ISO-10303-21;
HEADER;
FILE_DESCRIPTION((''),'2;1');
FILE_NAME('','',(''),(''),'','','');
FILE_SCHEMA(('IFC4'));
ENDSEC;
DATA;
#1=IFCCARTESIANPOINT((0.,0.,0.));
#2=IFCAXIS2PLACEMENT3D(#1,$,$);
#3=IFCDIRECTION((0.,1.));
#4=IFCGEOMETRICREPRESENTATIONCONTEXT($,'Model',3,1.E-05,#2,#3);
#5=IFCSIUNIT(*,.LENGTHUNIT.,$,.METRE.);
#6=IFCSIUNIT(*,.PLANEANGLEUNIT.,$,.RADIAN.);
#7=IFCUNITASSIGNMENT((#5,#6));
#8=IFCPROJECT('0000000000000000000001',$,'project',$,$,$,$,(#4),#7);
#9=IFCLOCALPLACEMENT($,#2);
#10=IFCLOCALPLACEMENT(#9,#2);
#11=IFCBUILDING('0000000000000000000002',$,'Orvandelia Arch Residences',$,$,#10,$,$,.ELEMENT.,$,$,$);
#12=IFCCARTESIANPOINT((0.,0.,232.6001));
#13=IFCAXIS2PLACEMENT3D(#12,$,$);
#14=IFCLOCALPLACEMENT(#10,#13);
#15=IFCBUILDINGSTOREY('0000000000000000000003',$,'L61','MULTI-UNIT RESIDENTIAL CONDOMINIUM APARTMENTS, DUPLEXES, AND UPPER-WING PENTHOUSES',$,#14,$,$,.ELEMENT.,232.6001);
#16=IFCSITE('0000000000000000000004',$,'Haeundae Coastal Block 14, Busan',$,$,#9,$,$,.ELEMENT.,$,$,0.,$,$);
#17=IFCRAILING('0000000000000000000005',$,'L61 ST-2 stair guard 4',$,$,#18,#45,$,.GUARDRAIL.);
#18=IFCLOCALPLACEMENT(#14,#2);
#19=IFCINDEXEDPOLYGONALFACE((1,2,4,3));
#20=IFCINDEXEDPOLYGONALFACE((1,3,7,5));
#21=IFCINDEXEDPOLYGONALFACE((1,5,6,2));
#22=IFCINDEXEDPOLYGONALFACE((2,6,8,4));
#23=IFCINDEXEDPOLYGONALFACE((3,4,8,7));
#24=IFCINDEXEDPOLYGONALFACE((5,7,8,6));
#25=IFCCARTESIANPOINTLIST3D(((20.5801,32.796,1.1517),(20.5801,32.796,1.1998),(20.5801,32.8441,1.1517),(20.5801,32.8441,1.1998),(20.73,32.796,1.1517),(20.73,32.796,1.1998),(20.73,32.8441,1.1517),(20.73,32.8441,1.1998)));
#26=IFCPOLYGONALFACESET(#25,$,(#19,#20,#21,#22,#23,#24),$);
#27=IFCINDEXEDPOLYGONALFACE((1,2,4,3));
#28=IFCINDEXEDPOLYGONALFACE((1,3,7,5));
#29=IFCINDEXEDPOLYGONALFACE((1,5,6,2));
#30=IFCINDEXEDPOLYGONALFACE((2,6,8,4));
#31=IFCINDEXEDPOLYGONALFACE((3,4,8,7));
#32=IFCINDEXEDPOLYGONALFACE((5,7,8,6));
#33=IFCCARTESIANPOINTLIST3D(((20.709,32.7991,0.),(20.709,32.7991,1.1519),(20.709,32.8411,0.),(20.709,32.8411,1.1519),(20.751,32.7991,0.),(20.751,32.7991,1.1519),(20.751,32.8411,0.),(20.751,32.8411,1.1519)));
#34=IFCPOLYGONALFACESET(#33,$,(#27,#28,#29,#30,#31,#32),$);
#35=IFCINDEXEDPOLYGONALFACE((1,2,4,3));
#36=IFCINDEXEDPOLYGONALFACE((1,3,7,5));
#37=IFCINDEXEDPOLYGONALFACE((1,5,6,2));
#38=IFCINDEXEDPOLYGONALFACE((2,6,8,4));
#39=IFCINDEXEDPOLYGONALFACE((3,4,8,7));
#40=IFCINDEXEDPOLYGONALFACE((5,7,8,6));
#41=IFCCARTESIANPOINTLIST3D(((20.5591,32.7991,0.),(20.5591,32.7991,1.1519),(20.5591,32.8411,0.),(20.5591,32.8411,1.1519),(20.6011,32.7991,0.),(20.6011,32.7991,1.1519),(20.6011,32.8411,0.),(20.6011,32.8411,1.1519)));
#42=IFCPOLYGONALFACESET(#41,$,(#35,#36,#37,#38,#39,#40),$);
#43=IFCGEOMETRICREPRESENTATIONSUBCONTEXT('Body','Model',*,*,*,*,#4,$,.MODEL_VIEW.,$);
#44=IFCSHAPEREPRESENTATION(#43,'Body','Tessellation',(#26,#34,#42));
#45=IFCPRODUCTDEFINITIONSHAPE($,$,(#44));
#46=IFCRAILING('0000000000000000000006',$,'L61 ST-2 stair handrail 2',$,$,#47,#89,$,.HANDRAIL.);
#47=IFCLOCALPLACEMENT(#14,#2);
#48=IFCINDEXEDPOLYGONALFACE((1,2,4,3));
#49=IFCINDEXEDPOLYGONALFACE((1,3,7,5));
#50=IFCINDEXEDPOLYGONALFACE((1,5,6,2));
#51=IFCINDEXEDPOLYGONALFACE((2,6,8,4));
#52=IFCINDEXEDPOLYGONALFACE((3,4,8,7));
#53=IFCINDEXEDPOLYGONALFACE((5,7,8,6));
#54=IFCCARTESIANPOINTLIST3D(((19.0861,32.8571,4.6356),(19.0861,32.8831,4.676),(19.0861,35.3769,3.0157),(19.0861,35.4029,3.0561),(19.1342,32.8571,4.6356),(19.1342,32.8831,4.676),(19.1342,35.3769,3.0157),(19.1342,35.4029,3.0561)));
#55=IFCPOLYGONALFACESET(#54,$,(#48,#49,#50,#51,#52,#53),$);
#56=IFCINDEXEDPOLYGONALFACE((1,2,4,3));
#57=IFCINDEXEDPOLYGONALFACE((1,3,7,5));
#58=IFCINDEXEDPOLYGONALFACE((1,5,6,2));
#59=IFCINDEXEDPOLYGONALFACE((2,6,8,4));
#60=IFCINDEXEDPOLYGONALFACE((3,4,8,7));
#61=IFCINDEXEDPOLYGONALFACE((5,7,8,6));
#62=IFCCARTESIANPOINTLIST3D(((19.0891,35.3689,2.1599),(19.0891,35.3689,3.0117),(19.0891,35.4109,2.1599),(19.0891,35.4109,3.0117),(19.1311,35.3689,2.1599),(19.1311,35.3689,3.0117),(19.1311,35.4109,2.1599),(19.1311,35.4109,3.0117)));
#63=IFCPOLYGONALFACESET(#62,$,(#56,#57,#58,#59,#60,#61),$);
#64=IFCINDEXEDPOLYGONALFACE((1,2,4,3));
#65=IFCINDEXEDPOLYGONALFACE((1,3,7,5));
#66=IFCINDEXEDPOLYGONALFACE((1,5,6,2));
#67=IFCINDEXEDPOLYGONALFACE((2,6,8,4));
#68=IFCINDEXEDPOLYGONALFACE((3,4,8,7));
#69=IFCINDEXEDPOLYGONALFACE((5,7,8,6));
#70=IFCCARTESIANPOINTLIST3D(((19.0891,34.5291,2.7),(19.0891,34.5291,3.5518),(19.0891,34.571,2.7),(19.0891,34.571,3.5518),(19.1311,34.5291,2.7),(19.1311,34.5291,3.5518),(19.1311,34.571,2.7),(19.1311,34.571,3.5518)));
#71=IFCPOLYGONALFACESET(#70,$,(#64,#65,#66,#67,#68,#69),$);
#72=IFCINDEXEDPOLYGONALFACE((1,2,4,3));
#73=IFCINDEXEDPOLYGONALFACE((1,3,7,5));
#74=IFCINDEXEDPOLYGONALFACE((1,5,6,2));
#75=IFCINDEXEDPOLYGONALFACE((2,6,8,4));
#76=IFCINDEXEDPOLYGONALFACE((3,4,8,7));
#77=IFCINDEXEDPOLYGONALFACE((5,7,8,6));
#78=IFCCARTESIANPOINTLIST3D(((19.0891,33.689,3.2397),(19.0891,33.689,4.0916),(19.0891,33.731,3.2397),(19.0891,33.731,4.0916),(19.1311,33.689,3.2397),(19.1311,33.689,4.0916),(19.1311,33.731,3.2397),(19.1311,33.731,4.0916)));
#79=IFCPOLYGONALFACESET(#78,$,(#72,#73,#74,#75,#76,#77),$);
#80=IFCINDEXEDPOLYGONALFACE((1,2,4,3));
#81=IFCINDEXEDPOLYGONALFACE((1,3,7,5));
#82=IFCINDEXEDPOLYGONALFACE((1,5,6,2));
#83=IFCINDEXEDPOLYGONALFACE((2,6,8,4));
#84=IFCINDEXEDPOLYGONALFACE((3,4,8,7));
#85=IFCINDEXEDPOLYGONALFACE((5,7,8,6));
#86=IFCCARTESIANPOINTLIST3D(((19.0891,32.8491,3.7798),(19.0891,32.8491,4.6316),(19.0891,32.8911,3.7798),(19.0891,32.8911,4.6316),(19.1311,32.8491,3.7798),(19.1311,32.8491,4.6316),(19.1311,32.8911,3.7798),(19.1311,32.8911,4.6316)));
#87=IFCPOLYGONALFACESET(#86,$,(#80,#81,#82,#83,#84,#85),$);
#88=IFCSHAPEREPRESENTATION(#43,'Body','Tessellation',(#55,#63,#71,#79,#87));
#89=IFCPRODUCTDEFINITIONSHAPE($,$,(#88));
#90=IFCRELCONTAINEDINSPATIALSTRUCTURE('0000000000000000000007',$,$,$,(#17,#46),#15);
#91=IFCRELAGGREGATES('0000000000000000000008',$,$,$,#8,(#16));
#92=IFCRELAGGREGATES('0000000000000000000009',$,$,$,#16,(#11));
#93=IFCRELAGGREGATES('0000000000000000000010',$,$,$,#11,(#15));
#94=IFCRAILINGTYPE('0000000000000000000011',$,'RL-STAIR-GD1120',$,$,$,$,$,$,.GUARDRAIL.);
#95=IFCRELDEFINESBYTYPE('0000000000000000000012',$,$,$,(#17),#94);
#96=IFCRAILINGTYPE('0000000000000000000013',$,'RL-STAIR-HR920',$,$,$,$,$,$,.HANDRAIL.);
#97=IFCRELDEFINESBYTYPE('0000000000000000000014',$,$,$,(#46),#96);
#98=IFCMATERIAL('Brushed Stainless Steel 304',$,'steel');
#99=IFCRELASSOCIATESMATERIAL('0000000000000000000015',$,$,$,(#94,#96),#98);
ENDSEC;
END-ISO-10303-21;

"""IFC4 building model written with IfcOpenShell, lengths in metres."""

from ifc_helpers import new_model, si_unit, direction, frame, origin, origin_2d, place, context, subcontext, project, spatial, rectangle, extrude, material, type_object, element, save


model = new_model("IFC4")

# Units and contexts
model_context = context("Model", 3, precision=1e-05, world=origin(), true_north=direction((0.0, 1.0)))
body_context = subcontext(model_context, "Body", "Model", "MODEL_VIEW")
ifc_project = project(units=[si_unit("LENGTHUNIT", "METRE"), si_unit("PLANEANGLEUNIT", "RADIAN")], contexts=[model_context])

# Site, building, storey
site_placement = place(None, origin())
site = spatial("IfcSite", under=ifc_project, at=site_placement, Name="Haeundae Coastal Block 14, Busan", CompositionType="ELEMENT", RefElevation=0.0)
building_placement = place(site_placement, origin())
building = spatial("IfcBuilding", under=site, at=building_placement, Name="Orvandelia Arch Residences", CompositionType="ELEMENT")
storey_placement = place(building_placement, frame((0.0, 0.0, 232.6001)))
storey = spatial("IfcBuildingStorey", under=building, at=storey_placement, Name="L61", Description="MULTI-UNIT RESIDENTIAL CONDOMINIUM APARTMENTS, DUPLEXES, AND UPPER-WING PENTHOUSES", CompositionType="ELEMENT", Elevation=232.6001)

# Railings
ifc_material_1 = material(Name="Brushed Stainless Steel 304", Category="steel")
railing_type_1 = type_object("IfcRailingType", Name="RL-STAIR-GD1120", PredefinedType="GUARDRAIL", material=ifc_material_1)
railing_1_placement = place(storey_placement, frame((20.73, 32.8201, 0.0)))
element("IfcRailing", 1, at=railing_1_placement, inside=storey, type_object=railing_type_1, Name="L61 ST-2 stair guard 4", PredefinedType="GUARDRAIL", context=body_context, shape_type="SweptSolid", body=[
    extrude(rectangle(XDim=0.0481, YDim=0.0481, at=origin_2d()), frame((0.0, 0.0, 1.1758), z_axis=(-1.0, 0.0, 0.0), x_axis=(0.0, -1.0, 0.0)), (0.0, 0.0, 1.0), 0.1499),
    extrude(rectangle(XDim=0.042, YDim=0.042, at=origin_2d()), origin(), (0.0, 0.0, 1.0), 1.1519),
    extrude(rectangle(XDim=0.042, YDim=0.042, at=origin_2d()), frame((-0.1499, 0.0, 0.0)), (0.0, 0.0, 1.0), 1.1519),
])
railing_type_2 = type_object("IfcRailingType", Name="RL-STAIR-HR920", PredefinedType="HANDRAIL", material=ifc_material_1)
railing_2_placement = place(storey_placement, frame((19.1101, 35.3899, 2.1599)))
element("IfcRailing", 2, at=railing_2_placement, inside=storey, type_object=railing_type_2, Name="L61 ST-2 stair handrail 2", PredefinedType="HANDRAIL", context=body_context, shape_type="SweptSolid", body=[
    extrude(rectangle(XDim=0.0481, YDim=0.0481, at=origin_2d()), frame((0.0, 0.0, 0.876), z_axis=(0.0, -0.841176, 0.540762), x_axis=(1.0, 0.0, 0.0)), (0.0, 0.0, 1.0), 2.9956),
    extrude(rectangle(XDim=0.042, YDim=0.042, at=origin_2d()), origin(), (0.0, 0.0, 1.0), 0.8518),
    extrude(rectangle(XDim=0.042, YDim=0.042, at=origin_2d()), frame((0.0, -0.8398, 0.54)), (0.0, 0.0, 1.0), 0.8518),
    extrude(rectangle(XDim=0.042, YDim=0.042, at=origin_2d()), frame((0.0, -1.6799, 1.0798)), (0.0, 0.0, 1.0), 0.8518),
    extrude(rectangle(XDim=0.042, YDim=0.042, at=origin_2d()), frame((0.0, -2.5198, 1.6199)), (0.0, 0.0, 1.0), 0.8518),
])

save(model, "model.ifc")
